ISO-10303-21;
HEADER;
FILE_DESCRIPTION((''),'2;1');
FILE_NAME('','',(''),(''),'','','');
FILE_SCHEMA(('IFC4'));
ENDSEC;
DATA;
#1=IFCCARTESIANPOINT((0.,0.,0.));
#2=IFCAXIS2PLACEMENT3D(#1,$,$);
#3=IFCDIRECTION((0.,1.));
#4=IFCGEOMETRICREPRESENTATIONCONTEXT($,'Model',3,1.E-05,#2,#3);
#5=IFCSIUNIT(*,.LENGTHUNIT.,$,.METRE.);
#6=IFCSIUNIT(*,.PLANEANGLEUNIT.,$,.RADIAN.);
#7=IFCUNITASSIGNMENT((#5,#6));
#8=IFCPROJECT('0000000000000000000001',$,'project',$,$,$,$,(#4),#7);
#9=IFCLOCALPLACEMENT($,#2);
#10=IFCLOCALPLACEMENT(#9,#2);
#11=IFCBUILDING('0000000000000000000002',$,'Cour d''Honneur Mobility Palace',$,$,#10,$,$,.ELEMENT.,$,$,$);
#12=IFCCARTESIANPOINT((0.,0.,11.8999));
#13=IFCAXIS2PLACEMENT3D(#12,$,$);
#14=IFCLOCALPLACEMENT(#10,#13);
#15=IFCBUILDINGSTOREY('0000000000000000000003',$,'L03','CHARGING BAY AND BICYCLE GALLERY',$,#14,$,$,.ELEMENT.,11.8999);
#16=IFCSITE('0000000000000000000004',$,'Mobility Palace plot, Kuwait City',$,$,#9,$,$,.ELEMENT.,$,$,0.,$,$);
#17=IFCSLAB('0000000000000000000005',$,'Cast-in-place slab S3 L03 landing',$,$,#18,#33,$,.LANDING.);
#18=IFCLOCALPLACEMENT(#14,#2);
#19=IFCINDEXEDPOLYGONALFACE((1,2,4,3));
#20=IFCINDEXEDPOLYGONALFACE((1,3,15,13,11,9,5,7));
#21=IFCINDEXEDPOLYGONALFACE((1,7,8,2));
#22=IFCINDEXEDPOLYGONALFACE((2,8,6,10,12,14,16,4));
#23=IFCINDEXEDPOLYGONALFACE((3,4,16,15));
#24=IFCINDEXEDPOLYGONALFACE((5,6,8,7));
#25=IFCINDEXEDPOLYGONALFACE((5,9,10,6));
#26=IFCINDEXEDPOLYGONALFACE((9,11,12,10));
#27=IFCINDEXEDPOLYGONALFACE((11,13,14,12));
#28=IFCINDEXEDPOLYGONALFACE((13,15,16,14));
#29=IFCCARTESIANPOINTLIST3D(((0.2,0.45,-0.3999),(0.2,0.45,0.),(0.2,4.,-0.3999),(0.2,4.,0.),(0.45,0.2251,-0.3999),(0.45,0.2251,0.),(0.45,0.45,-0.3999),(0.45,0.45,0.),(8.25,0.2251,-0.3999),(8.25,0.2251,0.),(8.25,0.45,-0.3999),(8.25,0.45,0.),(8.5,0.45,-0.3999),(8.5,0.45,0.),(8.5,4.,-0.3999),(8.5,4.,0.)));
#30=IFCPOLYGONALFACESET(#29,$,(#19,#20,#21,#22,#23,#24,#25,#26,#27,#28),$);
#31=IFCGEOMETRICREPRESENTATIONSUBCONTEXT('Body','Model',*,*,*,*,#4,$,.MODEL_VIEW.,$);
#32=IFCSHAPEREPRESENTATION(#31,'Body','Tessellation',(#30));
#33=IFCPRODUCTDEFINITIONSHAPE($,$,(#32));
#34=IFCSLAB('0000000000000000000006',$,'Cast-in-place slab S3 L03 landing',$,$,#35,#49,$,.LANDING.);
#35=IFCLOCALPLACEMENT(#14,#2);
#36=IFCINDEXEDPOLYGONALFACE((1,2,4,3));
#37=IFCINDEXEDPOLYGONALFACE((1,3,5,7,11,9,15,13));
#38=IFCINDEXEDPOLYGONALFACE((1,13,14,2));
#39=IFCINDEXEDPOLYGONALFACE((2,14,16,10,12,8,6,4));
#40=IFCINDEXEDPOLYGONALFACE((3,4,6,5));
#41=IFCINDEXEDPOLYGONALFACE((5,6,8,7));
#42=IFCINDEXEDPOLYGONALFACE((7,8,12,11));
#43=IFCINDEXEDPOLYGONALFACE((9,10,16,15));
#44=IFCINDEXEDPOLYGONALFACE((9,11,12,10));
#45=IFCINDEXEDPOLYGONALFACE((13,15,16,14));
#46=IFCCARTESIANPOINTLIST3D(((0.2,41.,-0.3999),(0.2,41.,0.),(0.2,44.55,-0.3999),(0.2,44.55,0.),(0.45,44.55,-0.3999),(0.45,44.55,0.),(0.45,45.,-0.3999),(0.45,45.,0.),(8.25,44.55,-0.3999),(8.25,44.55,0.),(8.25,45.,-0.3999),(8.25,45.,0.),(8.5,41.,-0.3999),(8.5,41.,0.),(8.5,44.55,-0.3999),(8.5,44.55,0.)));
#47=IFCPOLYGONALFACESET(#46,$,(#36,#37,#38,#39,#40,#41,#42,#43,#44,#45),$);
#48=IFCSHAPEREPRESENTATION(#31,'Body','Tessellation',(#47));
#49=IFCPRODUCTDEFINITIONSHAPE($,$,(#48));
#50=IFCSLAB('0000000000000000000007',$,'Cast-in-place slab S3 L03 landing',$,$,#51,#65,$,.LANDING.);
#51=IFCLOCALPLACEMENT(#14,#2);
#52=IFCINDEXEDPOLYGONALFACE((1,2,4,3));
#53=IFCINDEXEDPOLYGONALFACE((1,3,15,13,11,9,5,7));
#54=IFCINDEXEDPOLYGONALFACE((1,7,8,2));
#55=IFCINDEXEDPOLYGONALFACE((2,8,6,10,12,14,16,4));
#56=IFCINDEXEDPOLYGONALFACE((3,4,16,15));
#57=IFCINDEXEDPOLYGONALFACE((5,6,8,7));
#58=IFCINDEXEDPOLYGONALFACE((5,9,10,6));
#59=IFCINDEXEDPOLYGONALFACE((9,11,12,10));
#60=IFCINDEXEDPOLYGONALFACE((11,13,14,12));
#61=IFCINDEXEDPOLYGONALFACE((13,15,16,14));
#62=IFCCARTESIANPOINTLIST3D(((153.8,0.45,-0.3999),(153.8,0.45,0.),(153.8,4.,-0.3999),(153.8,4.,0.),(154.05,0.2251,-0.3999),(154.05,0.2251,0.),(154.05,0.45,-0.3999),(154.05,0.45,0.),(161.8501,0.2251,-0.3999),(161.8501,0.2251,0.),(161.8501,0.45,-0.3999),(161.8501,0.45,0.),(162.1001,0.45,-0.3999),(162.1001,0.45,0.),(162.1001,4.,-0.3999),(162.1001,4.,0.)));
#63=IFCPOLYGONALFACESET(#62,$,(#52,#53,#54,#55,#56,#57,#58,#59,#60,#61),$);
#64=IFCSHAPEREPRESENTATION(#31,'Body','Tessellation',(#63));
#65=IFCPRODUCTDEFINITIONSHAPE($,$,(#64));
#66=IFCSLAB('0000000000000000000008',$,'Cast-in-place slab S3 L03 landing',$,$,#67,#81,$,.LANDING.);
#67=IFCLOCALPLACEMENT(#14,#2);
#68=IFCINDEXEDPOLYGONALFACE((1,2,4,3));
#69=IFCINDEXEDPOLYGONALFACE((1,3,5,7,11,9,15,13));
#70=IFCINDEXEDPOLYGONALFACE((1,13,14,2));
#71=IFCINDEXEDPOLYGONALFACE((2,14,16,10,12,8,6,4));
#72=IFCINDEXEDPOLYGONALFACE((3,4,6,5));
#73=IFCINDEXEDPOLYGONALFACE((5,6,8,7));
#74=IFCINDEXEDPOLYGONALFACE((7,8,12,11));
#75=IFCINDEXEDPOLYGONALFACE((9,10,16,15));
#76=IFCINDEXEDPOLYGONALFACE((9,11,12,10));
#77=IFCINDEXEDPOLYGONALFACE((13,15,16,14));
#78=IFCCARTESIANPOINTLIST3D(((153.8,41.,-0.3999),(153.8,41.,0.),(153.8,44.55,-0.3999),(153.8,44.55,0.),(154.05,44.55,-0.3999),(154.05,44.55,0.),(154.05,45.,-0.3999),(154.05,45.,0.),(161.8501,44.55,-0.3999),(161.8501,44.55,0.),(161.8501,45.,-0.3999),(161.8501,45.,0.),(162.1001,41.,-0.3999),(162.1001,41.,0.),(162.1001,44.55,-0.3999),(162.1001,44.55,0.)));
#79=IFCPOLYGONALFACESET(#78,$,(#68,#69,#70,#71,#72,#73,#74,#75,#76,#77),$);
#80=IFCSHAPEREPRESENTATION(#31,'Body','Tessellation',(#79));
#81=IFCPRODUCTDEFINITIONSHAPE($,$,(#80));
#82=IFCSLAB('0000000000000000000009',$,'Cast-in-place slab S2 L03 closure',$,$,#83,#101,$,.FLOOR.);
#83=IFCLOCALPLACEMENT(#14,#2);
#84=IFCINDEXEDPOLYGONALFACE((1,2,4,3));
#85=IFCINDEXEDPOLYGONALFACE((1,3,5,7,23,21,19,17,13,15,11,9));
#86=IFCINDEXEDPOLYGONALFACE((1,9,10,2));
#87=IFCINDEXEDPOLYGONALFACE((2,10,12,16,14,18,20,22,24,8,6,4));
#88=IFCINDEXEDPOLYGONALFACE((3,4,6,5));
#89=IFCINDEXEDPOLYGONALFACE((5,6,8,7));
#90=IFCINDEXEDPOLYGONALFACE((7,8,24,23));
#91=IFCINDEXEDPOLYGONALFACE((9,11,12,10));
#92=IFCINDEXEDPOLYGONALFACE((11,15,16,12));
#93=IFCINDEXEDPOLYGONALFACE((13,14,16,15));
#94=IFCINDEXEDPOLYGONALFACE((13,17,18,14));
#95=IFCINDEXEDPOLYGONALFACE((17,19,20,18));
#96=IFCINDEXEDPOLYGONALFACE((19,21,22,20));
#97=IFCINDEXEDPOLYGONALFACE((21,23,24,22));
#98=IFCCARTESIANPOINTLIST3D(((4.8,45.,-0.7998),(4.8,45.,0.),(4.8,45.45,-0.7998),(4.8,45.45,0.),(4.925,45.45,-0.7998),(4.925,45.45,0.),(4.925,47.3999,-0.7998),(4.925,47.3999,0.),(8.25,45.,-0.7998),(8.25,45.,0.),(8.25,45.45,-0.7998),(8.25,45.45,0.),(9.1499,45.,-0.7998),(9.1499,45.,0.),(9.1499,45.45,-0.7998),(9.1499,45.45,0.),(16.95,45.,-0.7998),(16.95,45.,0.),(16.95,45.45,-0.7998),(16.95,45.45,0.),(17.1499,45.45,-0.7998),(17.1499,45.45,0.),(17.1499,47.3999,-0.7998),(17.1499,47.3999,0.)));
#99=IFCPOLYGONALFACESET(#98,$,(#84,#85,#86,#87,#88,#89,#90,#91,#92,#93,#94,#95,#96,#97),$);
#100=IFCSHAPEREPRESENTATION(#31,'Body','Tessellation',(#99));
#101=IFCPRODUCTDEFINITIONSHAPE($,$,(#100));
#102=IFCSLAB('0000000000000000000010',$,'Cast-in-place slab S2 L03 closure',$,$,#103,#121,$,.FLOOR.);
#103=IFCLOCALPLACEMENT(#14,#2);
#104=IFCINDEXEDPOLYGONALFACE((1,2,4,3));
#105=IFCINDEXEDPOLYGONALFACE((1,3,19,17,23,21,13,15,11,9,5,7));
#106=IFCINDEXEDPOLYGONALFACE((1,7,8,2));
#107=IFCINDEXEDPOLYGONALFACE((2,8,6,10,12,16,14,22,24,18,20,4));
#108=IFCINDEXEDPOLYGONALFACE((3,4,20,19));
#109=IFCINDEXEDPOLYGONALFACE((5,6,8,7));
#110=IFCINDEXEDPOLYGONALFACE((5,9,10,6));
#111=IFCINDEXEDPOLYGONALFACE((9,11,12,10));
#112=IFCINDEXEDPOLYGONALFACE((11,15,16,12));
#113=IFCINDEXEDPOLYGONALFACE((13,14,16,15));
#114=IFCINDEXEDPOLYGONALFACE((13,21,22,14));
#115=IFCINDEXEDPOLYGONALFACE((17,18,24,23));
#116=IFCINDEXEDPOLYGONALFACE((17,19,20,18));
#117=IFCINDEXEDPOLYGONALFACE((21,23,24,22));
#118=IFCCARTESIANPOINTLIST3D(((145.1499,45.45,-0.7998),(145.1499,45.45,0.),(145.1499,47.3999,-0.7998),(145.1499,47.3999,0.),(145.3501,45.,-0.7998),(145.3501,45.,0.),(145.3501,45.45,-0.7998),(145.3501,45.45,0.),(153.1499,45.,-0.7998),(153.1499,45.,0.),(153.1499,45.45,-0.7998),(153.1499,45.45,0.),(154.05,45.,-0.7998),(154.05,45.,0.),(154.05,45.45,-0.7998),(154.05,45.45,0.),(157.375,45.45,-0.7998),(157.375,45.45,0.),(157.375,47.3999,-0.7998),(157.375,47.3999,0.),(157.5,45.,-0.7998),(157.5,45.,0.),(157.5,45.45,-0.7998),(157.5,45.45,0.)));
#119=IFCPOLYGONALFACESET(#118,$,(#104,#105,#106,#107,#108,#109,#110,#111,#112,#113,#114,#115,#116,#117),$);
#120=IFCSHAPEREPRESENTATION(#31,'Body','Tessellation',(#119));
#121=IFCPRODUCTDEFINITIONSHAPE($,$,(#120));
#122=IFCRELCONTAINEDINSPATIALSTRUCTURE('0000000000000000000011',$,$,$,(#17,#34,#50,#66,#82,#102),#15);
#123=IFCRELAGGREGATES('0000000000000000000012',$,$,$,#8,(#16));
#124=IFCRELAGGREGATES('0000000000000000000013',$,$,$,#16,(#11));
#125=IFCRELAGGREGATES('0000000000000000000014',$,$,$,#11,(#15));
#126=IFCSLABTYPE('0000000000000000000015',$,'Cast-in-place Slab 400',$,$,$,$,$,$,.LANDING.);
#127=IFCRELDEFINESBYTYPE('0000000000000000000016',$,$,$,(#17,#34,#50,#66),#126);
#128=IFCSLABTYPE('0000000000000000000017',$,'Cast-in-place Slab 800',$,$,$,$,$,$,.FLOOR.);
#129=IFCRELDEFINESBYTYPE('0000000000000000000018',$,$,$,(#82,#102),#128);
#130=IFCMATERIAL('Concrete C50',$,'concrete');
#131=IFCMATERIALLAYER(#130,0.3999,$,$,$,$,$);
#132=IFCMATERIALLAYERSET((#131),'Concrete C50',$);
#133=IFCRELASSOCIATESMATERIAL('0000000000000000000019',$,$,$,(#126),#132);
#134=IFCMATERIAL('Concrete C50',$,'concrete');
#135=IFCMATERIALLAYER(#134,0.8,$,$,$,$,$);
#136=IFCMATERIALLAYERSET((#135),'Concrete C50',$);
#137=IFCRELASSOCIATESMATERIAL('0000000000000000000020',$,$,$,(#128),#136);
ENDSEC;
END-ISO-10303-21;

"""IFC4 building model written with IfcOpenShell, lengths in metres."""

from ifc_helpers import new_model, si_unit, direction, frame, origin, place, context, subcontext, project, spatial, polyline, outline, extrude, material, layer, layer_set, type_object, element, save


model = new_model("IFC4")

# Units and contexts
model_context = context("Model", 3, precision=1e-05, world=origin(), true_north=direction((0.0, 1.0)))
body_context = subcontext(model_context, "Body", "Model", "MODEL_VIEW")
ifc_project = project(units=[si_unit("LENGTHUNIT", "METRE"), si_unit("PLANEANGLEUNIT", "RADIAN")], contexts=[model_context])

# Site, building, storey
site_placement = place(None, origin())
site = spatial("IfcSite", under=ifc_project, at=site_placement, Name="Mobility Palace plot, Kuwait City", CompositionType="ELEMENT", RefElevation=0.0)
building_placement = place(site_placement, origin())
building = spatial("IfcBuilding", under=site, at=building_placement, Name="Cour d'Honneur Mobility Palace", CompositionType="ELEMENT")
storey_placement = place(building_placement, frame((0.0, 0.0, 11.8999)))
storey = spatial("IfcBuildingStorey", under=building, at=storey_placement, Name="L03", Description="CHARGING BAY AND BICYCLE GALLERY", CompositionType="ELEMENT", Elevation=11.8999)

# Slabs
ifc_material_1 = material(Name="Concrete C50", Category="concrete")
ifc_layer_1 = layer(ifc_material_1, 0.3999)
ifc_layer_set_1 = layer_set([ifc_layer_1], Name="Concrete C50")
slab_type_1 = type_object("IfcSlabType", Name="Cast-in-place Slab 400", PredefinedType="LANDING", material=ifc_layer_set_1)
slab_1_placement = place(storey_placement, frame((0.0, 0.0, -0.3999)))
element("IfcSlab", 1, at=slab_1_placement, inside=storey, type_object=slab_type_1, Name="Cast-in-place slab S3 L03 landing", PredefinedType="LANDING", context=body_context, shape_type="SweptSolid", body=[
    extrude(outline(polyline([(8.25, 0.45), (8.25, 0.2251), (0.45, 0.2251), (0.45, 0.45), (0.2, 0.45), (0.2, 4.0), (8.5, 4.0), (8.5, 0.45), (8.25, 0.45)])), origin(), (0.0, 0.0, 1.0), 0.3999),
])
slab_2_placement = place(storey_placement, frame((0.0, 0.0, -0.3999)))
element("IfcSlab", 2, at=slab_2_placement, inside=storey, type_object=slab_type_1, Name="Cast-in-place slab S3 L03 landing", PredefinedType="LANDING", context=body_context, shape_type="SweptSolid", body=[
    extrude(outline(polyline([(8.5, 44.55), (8.5, 41.0), (0.2, 41.0), (0.2, 44.55), (0.45, 44.55), (0.45, 45.0), (8.25, 45.0), (8.25, 44.55), (8.5, 44.55)])), origin(), (0.0, 0.0, 1.0), 0.3999),
])
slab_3_placement = place(storey_placement, frame((0.0, 0.0, -0.3999)))
element("IfcSlab", 3, at=slab_3_placement, inside=storey, type_object=slab_type_1, Name="Cast-in-place slab S3 L03 landing", PredefinedType="LANDING", context=body_context, shape_type="SweptSolid", body=[
    extrude(outline(polyline([(161.8501, 0.45), (161.8501, 0.2251), (154.05, 0.2251), (154.05, 0.45), (153.8, 0.45), (153.8, 4.0), (162.1001, 4.0), (162.1001, 0.45), (161.8501, 0.45)])), origin(), (0.0, 0.0, 1.0), 0.3999),
])
slab_4_placement = place(storey_placement, frame((0.0, 0.0, -0.3999)))
element("IfcSlab", 4, at=slab_4_placement, inside=storey, type_object=slab_type_1, Name="Cast-in-place slab S3 L03 landing", PredefinedType="LANDING", context=body_context, shape_type="SweptSolid", body=[
    extrude(outline(polyline([(162.1001, 44.55), (162.1001, 41.0), (153.8, 41.0), (153.8, 44.55), (154.05, 44.55), (154.05, 45.0), (161.8501, 45.0), (161.8501, 44.55), (162.1001, 44.55)])), origin(), (0.0, 0.0, 1.0), 0.3999),
])
ifc_material_2 = material(Name="Concrete C50", Category="concrete")
ifc_layer_2 = layer(ifc_material_2, 0.8)
ifc_layer_set_2 = layer_set([ifc_layer_2], Name="Concrete C50")
slab_type_2 = type_object("IfcSlabType", Name="Cast-in-place Slab 800", PredefinedType="FLOOR", material=ifc_layer_set_2)
slab_5_placement = place(storey_placement, frame((0.0, 0.0, -0.7998)))
element("IfcSlab", 5, at=slab_5_placement, inside=storey, type_object=slab_type_2, Name="Cast-in-place slab S2 L03 closure", PredefinedType="FLOOR", context=body_context, shape_type="SweptSolid", body=[
    extrude(outline(polyline([(16.95, 45.45), (16.95, 45.0), (9.1499, 45.0), (9.1499, 45.45), (8.25, 45.45), (8.25, 45.0), (4.8, 45.0), (4.8, 45.45), (4.925, 45.45), (4.925, 47.3999), (17.1499, 47.3999), (17.1499, 45.45), (16.95, 45.45)])), origin(), (0.0, 0.0, 1.0), 0.7998),
])
slab_6_placement = place(storey_placement, frame((0.0, 0.0, -0.7998)))
element("IfcSlab", 6, at=slab_6_placement, inside=storey, type_object=slab_type_2, Name="Cast-in-place slab S2 L03 closure", PredefinedType="FLOOR", context=body_context, shape_type="SweptSolid", body=[
    extrude(outline(polyline([(154.05, 45.45), (153.1499, 45.45), (153.1499, 45.0), (145.3501, 45.0), (145.3501, 45.45), (145.1499, 45.45), (145.1499, 47.3999), (157.375, 47.3999), (157.375, 45.45), (157.5, 45.45), (157.5, 45.0), (154.05, 45.0), (154.05, 45.45)])), origin(), (0.0, 0.0, 1.0), 0.7998),
])

save(model, "model.ifc")
